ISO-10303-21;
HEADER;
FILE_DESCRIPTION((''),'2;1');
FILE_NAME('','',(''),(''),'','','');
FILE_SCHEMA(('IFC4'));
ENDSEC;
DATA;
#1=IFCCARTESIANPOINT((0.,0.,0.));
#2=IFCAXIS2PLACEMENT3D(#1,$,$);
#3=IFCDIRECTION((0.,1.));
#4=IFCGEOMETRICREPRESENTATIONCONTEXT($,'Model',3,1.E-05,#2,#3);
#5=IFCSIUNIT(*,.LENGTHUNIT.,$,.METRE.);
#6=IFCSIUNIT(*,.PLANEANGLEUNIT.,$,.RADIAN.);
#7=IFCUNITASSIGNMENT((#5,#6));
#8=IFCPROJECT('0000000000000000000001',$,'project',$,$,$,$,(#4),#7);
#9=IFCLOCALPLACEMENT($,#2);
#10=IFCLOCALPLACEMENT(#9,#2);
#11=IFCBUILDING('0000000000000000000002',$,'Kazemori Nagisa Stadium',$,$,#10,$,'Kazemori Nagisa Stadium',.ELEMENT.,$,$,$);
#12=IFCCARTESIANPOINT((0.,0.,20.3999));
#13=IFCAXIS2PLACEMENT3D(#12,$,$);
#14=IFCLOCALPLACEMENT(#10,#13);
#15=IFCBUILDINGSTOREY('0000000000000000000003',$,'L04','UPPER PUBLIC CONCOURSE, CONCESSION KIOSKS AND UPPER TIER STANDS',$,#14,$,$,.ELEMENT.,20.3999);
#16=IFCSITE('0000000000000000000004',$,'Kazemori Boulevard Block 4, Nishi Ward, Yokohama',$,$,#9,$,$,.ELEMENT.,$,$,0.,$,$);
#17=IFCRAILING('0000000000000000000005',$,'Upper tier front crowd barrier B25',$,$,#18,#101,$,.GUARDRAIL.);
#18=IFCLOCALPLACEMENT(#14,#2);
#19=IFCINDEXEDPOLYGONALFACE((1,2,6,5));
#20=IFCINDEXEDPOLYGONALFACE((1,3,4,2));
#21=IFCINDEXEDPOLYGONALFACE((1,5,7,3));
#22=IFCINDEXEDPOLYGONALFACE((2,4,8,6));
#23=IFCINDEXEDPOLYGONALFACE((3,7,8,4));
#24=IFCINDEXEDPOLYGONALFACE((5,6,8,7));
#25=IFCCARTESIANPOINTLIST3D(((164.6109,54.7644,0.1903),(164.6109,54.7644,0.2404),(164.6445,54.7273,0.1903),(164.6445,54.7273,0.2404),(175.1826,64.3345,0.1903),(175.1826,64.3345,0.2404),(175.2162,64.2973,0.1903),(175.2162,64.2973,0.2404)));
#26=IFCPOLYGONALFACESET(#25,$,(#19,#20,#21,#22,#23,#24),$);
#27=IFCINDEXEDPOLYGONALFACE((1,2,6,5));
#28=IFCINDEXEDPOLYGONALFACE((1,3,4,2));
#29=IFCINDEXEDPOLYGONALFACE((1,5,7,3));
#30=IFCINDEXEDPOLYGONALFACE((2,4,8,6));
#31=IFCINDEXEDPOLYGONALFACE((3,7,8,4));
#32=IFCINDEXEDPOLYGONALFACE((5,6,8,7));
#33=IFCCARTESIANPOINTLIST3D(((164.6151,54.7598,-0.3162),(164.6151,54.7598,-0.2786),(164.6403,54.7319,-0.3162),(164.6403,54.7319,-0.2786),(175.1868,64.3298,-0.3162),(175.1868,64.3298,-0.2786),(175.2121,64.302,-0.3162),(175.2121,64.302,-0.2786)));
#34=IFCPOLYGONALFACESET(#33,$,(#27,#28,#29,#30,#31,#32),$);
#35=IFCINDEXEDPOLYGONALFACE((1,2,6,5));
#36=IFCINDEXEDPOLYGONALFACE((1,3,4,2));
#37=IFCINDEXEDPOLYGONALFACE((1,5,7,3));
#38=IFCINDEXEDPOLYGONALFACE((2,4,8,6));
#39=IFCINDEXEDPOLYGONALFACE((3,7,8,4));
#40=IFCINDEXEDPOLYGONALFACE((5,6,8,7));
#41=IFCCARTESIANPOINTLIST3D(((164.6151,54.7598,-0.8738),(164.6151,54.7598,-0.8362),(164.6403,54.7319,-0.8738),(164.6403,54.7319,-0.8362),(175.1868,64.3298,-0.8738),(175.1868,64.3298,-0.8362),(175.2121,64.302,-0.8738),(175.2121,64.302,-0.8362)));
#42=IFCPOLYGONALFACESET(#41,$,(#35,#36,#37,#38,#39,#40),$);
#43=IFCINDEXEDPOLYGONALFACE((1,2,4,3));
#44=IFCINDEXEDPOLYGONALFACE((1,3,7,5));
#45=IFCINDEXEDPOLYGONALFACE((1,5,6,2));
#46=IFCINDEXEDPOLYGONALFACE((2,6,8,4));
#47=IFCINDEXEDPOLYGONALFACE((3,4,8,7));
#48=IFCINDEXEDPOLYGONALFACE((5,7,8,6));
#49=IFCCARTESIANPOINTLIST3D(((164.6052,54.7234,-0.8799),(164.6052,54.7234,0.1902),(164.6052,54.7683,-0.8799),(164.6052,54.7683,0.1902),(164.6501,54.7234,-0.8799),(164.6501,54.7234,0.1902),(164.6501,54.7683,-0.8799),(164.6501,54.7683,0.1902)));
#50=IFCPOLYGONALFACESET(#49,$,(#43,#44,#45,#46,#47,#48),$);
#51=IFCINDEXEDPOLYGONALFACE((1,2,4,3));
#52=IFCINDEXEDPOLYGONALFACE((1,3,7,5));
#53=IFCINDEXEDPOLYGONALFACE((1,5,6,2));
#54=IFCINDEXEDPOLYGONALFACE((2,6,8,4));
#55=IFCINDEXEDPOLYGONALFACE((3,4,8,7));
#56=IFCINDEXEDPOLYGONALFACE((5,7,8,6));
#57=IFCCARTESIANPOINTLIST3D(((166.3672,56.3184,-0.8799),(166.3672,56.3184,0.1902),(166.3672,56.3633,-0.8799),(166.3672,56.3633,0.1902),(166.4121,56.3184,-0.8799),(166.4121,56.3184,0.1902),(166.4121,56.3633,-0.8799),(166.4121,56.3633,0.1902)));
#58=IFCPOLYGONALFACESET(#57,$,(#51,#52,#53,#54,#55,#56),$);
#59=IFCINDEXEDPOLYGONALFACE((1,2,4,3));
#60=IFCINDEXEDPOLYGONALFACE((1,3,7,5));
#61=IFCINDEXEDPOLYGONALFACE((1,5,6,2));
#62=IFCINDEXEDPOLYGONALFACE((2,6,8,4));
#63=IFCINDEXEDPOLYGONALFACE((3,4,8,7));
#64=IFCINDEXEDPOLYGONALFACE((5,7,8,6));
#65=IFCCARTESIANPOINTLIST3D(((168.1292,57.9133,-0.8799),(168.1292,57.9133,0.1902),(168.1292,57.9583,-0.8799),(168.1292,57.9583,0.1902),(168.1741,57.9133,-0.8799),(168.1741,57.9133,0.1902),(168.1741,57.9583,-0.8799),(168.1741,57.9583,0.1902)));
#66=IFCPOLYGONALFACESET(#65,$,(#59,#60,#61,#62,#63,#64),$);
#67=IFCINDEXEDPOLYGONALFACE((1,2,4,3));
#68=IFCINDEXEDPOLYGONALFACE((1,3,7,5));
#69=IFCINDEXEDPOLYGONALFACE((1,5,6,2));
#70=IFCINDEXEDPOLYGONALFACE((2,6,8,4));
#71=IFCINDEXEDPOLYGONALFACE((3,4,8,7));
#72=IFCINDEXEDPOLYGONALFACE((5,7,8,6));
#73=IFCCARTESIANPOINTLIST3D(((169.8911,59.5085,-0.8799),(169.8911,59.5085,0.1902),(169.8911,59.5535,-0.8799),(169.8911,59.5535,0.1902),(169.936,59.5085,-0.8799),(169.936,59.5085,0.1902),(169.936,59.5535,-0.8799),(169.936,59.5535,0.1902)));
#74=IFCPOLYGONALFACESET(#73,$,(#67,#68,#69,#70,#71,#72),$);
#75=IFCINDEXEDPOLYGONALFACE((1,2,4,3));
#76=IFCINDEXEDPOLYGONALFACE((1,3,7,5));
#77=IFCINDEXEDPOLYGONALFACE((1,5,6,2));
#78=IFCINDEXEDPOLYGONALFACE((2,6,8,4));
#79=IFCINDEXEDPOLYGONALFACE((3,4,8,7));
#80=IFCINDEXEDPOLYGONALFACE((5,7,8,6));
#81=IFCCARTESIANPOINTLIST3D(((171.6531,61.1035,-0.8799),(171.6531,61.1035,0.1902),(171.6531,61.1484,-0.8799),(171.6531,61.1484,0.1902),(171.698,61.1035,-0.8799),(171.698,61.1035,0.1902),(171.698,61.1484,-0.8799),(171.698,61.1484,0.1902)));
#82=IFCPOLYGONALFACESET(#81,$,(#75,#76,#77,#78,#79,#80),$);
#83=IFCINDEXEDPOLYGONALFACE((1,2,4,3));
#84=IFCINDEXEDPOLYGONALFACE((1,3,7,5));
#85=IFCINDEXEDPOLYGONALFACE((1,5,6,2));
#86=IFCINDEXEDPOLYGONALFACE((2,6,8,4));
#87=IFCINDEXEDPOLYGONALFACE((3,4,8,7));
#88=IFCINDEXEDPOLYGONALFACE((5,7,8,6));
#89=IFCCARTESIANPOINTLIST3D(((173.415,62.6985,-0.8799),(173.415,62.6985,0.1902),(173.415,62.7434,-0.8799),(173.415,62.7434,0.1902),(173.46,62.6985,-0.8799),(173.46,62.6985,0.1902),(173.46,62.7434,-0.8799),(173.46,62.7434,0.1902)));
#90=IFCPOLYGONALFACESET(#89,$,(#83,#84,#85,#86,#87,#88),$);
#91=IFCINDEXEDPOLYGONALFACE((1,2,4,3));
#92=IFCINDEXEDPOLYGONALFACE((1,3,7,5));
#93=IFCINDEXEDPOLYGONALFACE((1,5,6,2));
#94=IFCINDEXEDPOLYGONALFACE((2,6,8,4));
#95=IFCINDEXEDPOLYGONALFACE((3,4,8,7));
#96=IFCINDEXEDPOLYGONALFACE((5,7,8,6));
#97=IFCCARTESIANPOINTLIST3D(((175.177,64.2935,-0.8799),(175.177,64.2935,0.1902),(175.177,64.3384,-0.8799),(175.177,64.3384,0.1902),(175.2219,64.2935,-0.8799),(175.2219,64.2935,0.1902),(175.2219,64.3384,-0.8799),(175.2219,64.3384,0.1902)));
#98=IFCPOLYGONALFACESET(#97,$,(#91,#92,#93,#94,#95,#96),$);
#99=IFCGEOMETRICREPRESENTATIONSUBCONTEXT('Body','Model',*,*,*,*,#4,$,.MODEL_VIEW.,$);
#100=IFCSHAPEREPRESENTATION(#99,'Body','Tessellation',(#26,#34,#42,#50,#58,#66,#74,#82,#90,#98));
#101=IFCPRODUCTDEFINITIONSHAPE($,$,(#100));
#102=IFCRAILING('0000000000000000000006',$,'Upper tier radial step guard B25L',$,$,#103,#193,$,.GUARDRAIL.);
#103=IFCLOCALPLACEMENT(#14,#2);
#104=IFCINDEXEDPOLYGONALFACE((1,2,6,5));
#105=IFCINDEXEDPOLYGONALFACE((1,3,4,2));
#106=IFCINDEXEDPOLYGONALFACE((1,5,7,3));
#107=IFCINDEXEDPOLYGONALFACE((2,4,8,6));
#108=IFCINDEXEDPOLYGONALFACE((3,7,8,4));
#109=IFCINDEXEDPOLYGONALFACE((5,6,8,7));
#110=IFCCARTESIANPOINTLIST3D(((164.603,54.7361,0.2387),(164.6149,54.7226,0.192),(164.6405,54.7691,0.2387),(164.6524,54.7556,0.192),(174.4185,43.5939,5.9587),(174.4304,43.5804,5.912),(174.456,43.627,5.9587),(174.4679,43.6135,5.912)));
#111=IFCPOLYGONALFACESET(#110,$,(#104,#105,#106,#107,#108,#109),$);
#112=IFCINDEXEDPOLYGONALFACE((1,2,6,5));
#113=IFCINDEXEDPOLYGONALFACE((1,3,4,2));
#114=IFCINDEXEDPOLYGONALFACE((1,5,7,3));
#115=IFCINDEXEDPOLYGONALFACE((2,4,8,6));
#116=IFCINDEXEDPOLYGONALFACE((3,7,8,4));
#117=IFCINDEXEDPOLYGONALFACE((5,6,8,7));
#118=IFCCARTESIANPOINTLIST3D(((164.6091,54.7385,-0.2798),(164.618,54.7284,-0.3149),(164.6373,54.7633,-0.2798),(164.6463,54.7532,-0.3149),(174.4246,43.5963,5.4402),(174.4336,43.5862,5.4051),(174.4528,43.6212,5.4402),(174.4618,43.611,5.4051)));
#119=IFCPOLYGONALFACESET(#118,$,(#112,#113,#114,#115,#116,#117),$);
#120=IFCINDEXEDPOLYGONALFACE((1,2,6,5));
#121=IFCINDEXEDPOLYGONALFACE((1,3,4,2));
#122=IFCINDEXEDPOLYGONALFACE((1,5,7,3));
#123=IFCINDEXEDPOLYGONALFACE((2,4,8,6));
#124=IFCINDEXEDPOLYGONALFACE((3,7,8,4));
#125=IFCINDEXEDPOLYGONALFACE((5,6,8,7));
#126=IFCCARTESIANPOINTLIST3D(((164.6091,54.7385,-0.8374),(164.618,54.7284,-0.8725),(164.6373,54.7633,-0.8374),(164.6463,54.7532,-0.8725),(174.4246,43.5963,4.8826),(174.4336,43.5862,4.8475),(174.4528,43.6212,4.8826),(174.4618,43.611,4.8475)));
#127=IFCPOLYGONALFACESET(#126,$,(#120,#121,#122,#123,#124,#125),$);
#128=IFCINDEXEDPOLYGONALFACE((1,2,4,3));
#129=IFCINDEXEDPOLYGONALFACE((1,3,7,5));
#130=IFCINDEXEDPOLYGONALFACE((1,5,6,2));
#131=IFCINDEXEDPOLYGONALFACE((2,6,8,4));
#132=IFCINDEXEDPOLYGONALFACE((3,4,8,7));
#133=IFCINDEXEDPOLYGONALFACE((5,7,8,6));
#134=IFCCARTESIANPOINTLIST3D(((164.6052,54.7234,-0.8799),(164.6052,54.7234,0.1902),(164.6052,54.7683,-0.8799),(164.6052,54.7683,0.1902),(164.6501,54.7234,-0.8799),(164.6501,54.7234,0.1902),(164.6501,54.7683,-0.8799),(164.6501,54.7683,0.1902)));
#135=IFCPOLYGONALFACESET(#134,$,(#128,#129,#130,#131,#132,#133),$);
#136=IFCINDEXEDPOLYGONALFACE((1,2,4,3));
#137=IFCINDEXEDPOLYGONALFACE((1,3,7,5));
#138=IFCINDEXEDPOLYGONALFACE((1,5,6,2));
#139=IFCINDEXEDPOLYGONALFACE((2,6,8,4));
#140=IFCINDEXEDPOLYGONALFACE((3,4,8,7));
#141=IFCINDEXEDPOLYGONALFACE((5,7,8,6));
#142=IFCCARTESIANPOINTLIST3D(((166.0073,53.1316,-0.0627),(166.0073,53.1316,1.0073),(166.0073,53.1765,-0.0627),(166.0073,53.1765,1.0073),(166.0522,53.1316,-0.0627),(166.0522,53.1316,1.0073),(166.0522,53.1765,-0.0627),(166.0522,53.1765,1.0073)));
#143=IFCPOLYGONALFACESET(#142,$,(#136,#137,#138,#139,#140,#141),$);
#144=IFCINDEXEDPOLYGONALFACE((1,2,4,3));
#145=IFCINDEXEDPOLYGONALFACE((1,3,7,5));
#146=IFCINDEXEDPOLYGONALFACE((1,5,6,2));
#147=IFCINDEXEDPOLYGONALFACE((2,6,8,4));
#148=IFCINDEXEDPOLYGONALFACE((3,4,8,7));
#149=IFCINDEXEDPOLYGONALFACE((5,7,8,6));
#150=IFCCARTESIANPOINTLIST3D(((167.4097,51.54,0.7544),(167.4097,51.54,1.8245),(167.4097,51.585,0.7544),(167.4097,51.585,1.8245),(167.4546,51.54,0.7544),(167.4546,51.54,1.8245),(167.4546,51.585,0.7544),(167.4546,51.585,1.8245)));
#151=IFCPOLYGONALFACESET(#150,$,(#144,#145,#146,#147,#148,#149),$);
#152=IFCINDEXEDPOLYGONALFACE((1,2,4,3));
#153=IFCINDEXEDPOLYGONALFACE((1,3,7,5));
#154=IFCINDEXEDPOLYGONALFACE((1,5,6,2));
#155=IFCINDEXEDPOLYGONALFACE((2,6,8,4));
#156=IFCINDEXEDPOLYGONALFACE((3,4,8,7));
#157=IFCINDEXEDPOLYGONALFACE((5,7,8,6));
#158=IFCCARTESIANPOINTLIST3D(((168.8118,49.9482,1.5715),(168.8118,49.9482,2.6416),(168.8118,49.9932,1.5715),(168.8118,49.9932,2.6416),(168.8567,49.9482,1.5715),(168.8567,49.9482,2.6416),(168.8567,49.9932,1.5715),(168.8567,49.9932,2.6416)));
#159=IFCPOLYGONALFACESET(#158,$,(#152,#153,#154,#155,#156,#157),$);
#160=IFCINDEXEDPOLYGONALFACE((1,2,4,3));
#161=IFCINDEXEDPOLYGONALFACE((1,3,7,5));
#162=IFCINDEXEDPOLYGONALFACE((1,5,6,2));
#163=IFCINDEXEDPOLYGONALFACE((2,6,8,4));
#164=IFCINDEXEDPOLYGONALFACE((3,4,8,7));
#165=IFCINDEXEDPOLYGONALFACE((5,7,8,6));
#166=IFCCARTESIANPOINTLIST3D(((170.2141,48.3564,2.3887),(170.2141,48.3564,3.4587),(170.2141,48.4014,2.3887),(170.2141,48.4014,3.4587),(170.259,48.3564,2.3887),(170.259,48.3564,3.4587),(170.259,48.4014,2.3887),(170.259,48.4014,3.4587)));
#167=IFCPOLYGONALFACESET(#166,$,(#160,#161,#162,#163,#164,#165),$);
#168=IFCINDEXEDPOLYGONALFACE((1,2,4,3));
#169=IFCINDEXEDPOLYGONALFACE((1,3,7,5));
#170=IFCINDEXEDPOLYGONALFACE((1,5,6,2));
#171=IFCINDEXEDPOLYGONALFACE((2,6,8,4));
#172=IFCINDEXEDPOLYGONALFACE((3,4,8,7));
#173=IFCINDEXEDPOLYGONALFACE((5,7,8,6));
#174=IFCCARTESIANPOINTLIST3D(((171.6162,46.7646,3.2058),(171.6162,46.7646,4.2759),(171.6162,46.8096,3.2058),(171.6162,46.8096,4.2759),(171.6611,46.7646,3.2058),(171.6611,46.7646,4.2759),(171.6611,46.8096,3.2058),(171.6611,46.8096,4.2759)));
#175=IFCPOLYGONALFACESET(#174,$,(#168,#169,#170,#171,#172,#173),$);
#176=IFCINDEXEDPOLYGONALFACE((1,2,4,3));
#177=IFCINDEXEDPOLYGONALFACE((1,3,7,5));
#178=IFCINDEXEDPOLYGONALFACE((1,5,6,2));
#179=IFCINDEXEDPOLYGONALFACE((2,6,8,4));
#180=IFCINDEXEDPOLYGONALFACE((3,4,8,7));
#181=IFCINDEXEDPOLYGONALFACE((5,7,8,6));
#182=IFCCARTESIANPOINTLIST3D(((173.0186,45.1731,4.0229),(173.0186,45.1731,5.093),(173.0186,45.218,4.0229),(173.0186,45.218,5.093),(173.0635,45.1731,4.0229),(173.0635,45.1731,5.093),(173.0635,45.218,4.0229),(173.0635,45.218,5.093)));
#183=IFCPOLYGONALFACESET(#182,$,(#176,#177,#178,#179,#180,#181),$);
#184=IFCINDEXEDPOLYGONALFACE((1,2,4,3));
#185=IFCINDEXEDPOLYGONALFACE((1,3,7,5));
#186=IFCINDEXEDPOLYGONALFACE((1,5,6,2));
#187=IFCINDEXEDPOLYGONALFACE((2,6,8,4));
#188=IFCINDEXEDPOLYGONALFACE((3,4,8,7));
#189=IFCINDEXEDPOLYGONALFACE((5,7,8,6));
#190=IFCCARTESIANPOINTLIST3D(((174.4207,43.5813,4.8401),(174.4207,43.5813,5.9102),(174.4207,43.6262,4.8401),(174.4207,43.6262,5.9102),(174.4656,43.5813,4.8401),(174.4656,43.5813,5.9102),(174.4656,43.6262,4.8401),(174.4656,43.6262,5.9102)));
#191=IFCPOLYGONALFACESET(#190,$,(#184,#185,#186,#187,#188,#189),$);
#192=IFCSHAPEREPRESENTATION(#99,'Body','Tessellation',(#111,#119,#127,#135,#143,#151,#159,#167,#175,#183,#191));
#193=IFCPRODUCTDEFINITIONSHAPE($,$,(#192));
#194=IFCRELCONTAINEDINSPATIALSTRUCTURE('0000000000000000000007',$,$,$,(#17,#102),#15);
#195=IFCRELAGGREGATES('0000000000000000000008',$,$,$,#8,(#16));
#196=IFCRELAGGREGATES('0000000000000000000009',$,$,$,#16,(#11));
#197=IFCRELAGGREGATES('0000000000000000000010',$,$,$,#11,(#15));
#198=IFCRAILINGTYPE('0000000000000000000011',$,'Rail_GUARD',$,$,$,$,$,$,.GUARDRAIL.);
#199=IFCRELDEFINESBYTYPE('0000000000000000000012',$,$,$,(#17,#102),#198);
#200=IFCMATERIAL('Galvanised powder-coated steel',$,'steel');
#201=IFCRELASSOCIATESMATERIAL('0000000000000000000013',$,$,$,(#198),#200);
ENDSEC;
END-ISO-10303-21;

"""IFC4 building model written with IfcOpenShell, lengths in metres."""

from ifc_helpers import new_model, si_unit, direction, frame, origin, origin_2d, place, context, subcontext, project, spatial, rectangle, extrude, material, type_object, element, save


model = new_model("IFC4")

# Units and contexts
model_context = context("Model", 3, precision=1e-05, world=origin(), true_north=direction((0.0, 1.0)))
body_context = subcontext(model_context, "Body", "Model", "MODEL_VIEW")
ifc_project = project(units=[si_unit("LENGTHUNIT", "METRE"), si_unit("PLANEANGLEUNIT", "RADIAN")], contexts=[model_context])

# Site, building, storey
site_placement = place(None, origin())
site = spatial("IfcSite", under=ifc_project, at=site_placement, Name="Kazemori Boulevard Block 4, Nishi Ward, Yokohama", CompositionType="ELEMENT", RefElevation=0.0)
building_placement = place(site_placement, origin())
building = spatial("IfcBuilding", under=site, at=building_placement, Name="Kazemori Nagisa Stadium", LongName="Kazemori Nagisa Stadium", CompositionType="ELEMENT")
storey_placement = place(building_placement, frame((0.0, 0.0, 20.3999)))
storey = spatial("IfcBuildingStorey", under=building, at=storey_placement, Name="L04", Description="UPPER PUBLIC CONCOURSE, CONCESSION KIOSKS AND UPPER TIER STANDS", CompositionType="ELEMENT", Elevation=20.3999)

# Railings
ifc_material_1 = material(Name="Galvanised powder-coated steel", Category="steel")
railing_type = type_object("IfcRailingType", Name="Rail_GUARD", PredefinedType="GUARDRAIL", material=ifc_material_1)
railing_1_placement = place(storey_placement, frame((164.6277, 54.7458, -0.8799)))
element("IfcRailing", 1, at=railing_1_placement, inside=storey, type_object=railing_type, Name="Upper tier front crowd barrier B25", PredefinedType="GUARDRAIL", context=body_context, shape_type="SweptSolid", body=[
    extrude(rectangle(XDim=0.05, YDim=0.05, at=origin_2d()), frame((0.0, 0.0, 1.0952), z_axis=(0.741357, 0.671111, 0.0), x_axis=(-0.671111, 0.741357, 0.0)), (0.0, 0.0, 1.0), 14.26),
    extrude(rectangle(XDim=0.0376, YDim=0.0376, at=origin_2d()), frame((0.0, 0.0, 0.5825), z_axis=(0.741357, 0.671111, 0.0), x_axis=(-0.671111, 0.741357, 0.0)), (0.0, 0.0, 1.0), 14.26),
    extrude(rectangle(XDim=0.0376, YDim=0.0376, at=origin_2d()), frame((0.0, 0.0, 0.0249), z_axis=(0.741357, 0.671111, 0.0), x_axis=(-0.671111, 0.741357, 0.0)), (0.0, 0.0, 1.0), 14.26),
    extrude(rectangle(XDim=0.0449, YDim=0.0449, at=origin_2d()), origin(), (0.0, 0.0, 1.0), 1.0701),
    extrude(rectangle(XDim=0.0449, YDim=0.0449, at=origin_2d()), frame((1.762, 1.595, 0.0)), (0.0, 0.0, 1.0), 1.0701),
    extrude(rectangle(XDim=0.0449, YDim=0.0449, at=origin_2d()), frame((3.5239, 3.1899, 0.0)), (0.0, 0.0, 1.0), 1.0701),
    extrude(rectangle(XDim=0.0449, YDim=0.0449, at=origin_2d()), frame((5.2859, 4.7852, 0.0)), (0.0, 0.0, 1.0), 1.0701),
    extrude(rectangle(XDim=0.0449, YDim=0.0449, at=origin_2d()), frame((7.0479, 6.3801, 0.0)), (0.0, 0.0, 1.0), 1.0701),
    extrude(rectangle(XDim=0.0449, YDim=0.0449, at=origin_2d()), frame((8.8098, 7.9751, 0.0)), (0.0, 0.0, 1.0), 1.0701),
    extrude(rectangle(XDim=0.0449, YDim=0.0449, at=origin_2d()), frame((10.5718, 9.5701, 0.0)), (0.0, 0.0, 1.0), 1.0701),
])
railing_2_placement = place(storey_placement, frame((164.6277, 54.7458, -0.8799)))
element("IfcRailing", 2, at=railing_2_placement, inside=storey, type_object=railing_type, Name="Upper tier radial step guard B25L", PredefinedType="GUARDRAIL", context=body_context, shape_type="SweptSolid", body=[
    extrude(rectangle(XDim=0.05, YDim=0.05, at=origin_2d()), frame((0.0, 0.0, 1.0952), z_axis=(0.616839, -0.700211, 0.359465), x_axis=(0.750366, 0.661022, 0.0)), (0.0, 0.0, 1.0), 15.9126),
    extrude(rectangle(XDim=0.0376, YDim=0.0376, at=origin_2d()), frame((0.0, 0.0, 0.5825), z_axis=(0.616839, -0.700211, 0.359465), x_axis=(0.750366, 0.661022, 0.0)), (0.0, 0.0, 1.0), 15.9126),
    extrude(rectangle(XDim=0.0376, YDim=0.0376, at=origin_2d()), frame((0.0, 0.0, 0.0249), z_axis=(0.616839, -0.700211, 0.359465), x_axis=(0.750366, 0.661022, 0.0)), (0.0, 0.0, 1.0), 15.9126),
    extrude(rectangle(XDim=0.0449, YDim=0.0449, at=origin_2d()), origin(), (0.0, 0.0, 1.0), 1.0701),
    extrude(rectangle(XDim=0.0449, YDim=0.0449, at=origin_2d()), frame((1.4021, -1.5918, 0.8171)), (0.0, 0.0, 1.0), 1.0701),
    extrude(rectangle(XDim=0.0449, YDim=0.0449, at=origin_2d()), frame((2.8044, -3.1833, 1.6343)), (0.0, 0.0, 1.0), 1.0701),
    extrude(rectangle(XDim=0.0449, YDim=0.0449, at=origin_2d()), frame((4.2065, -4.7751, 2.4514)), (0.0, 0.0, 1.0), 1.0701),
    extrude(rectangle(XDim=0.0449, YDim=0.0449, at=origin_2d()), frame((5.6089, -6.3669, 3.2686)), (0.0, 0.0, 1.0), 1.0701),
    extrude(rectangle(XDim=0.0449, YDim=0.0449, at=origin_2d()), frame((7.011, -7.9587, 4.0857)), (0.0, 0.0, 1.0), 1.0701),
    extrude(rectangle(XDim=0.0449, YDim=0.0449, at=origin_2d()), frame((8.4133, -9.5503, 4.9028)), (0.0, 0.0, 1.0), 1.0701),
    extrude(rectangle(XDim=0.0449, YDim=0.0449, at=origin_2d()), frame((9.8154, -11.1421, 5.72)), (0.0, 0.0, 1.0), 1.0701),
])

save(model, "model.ifc")
